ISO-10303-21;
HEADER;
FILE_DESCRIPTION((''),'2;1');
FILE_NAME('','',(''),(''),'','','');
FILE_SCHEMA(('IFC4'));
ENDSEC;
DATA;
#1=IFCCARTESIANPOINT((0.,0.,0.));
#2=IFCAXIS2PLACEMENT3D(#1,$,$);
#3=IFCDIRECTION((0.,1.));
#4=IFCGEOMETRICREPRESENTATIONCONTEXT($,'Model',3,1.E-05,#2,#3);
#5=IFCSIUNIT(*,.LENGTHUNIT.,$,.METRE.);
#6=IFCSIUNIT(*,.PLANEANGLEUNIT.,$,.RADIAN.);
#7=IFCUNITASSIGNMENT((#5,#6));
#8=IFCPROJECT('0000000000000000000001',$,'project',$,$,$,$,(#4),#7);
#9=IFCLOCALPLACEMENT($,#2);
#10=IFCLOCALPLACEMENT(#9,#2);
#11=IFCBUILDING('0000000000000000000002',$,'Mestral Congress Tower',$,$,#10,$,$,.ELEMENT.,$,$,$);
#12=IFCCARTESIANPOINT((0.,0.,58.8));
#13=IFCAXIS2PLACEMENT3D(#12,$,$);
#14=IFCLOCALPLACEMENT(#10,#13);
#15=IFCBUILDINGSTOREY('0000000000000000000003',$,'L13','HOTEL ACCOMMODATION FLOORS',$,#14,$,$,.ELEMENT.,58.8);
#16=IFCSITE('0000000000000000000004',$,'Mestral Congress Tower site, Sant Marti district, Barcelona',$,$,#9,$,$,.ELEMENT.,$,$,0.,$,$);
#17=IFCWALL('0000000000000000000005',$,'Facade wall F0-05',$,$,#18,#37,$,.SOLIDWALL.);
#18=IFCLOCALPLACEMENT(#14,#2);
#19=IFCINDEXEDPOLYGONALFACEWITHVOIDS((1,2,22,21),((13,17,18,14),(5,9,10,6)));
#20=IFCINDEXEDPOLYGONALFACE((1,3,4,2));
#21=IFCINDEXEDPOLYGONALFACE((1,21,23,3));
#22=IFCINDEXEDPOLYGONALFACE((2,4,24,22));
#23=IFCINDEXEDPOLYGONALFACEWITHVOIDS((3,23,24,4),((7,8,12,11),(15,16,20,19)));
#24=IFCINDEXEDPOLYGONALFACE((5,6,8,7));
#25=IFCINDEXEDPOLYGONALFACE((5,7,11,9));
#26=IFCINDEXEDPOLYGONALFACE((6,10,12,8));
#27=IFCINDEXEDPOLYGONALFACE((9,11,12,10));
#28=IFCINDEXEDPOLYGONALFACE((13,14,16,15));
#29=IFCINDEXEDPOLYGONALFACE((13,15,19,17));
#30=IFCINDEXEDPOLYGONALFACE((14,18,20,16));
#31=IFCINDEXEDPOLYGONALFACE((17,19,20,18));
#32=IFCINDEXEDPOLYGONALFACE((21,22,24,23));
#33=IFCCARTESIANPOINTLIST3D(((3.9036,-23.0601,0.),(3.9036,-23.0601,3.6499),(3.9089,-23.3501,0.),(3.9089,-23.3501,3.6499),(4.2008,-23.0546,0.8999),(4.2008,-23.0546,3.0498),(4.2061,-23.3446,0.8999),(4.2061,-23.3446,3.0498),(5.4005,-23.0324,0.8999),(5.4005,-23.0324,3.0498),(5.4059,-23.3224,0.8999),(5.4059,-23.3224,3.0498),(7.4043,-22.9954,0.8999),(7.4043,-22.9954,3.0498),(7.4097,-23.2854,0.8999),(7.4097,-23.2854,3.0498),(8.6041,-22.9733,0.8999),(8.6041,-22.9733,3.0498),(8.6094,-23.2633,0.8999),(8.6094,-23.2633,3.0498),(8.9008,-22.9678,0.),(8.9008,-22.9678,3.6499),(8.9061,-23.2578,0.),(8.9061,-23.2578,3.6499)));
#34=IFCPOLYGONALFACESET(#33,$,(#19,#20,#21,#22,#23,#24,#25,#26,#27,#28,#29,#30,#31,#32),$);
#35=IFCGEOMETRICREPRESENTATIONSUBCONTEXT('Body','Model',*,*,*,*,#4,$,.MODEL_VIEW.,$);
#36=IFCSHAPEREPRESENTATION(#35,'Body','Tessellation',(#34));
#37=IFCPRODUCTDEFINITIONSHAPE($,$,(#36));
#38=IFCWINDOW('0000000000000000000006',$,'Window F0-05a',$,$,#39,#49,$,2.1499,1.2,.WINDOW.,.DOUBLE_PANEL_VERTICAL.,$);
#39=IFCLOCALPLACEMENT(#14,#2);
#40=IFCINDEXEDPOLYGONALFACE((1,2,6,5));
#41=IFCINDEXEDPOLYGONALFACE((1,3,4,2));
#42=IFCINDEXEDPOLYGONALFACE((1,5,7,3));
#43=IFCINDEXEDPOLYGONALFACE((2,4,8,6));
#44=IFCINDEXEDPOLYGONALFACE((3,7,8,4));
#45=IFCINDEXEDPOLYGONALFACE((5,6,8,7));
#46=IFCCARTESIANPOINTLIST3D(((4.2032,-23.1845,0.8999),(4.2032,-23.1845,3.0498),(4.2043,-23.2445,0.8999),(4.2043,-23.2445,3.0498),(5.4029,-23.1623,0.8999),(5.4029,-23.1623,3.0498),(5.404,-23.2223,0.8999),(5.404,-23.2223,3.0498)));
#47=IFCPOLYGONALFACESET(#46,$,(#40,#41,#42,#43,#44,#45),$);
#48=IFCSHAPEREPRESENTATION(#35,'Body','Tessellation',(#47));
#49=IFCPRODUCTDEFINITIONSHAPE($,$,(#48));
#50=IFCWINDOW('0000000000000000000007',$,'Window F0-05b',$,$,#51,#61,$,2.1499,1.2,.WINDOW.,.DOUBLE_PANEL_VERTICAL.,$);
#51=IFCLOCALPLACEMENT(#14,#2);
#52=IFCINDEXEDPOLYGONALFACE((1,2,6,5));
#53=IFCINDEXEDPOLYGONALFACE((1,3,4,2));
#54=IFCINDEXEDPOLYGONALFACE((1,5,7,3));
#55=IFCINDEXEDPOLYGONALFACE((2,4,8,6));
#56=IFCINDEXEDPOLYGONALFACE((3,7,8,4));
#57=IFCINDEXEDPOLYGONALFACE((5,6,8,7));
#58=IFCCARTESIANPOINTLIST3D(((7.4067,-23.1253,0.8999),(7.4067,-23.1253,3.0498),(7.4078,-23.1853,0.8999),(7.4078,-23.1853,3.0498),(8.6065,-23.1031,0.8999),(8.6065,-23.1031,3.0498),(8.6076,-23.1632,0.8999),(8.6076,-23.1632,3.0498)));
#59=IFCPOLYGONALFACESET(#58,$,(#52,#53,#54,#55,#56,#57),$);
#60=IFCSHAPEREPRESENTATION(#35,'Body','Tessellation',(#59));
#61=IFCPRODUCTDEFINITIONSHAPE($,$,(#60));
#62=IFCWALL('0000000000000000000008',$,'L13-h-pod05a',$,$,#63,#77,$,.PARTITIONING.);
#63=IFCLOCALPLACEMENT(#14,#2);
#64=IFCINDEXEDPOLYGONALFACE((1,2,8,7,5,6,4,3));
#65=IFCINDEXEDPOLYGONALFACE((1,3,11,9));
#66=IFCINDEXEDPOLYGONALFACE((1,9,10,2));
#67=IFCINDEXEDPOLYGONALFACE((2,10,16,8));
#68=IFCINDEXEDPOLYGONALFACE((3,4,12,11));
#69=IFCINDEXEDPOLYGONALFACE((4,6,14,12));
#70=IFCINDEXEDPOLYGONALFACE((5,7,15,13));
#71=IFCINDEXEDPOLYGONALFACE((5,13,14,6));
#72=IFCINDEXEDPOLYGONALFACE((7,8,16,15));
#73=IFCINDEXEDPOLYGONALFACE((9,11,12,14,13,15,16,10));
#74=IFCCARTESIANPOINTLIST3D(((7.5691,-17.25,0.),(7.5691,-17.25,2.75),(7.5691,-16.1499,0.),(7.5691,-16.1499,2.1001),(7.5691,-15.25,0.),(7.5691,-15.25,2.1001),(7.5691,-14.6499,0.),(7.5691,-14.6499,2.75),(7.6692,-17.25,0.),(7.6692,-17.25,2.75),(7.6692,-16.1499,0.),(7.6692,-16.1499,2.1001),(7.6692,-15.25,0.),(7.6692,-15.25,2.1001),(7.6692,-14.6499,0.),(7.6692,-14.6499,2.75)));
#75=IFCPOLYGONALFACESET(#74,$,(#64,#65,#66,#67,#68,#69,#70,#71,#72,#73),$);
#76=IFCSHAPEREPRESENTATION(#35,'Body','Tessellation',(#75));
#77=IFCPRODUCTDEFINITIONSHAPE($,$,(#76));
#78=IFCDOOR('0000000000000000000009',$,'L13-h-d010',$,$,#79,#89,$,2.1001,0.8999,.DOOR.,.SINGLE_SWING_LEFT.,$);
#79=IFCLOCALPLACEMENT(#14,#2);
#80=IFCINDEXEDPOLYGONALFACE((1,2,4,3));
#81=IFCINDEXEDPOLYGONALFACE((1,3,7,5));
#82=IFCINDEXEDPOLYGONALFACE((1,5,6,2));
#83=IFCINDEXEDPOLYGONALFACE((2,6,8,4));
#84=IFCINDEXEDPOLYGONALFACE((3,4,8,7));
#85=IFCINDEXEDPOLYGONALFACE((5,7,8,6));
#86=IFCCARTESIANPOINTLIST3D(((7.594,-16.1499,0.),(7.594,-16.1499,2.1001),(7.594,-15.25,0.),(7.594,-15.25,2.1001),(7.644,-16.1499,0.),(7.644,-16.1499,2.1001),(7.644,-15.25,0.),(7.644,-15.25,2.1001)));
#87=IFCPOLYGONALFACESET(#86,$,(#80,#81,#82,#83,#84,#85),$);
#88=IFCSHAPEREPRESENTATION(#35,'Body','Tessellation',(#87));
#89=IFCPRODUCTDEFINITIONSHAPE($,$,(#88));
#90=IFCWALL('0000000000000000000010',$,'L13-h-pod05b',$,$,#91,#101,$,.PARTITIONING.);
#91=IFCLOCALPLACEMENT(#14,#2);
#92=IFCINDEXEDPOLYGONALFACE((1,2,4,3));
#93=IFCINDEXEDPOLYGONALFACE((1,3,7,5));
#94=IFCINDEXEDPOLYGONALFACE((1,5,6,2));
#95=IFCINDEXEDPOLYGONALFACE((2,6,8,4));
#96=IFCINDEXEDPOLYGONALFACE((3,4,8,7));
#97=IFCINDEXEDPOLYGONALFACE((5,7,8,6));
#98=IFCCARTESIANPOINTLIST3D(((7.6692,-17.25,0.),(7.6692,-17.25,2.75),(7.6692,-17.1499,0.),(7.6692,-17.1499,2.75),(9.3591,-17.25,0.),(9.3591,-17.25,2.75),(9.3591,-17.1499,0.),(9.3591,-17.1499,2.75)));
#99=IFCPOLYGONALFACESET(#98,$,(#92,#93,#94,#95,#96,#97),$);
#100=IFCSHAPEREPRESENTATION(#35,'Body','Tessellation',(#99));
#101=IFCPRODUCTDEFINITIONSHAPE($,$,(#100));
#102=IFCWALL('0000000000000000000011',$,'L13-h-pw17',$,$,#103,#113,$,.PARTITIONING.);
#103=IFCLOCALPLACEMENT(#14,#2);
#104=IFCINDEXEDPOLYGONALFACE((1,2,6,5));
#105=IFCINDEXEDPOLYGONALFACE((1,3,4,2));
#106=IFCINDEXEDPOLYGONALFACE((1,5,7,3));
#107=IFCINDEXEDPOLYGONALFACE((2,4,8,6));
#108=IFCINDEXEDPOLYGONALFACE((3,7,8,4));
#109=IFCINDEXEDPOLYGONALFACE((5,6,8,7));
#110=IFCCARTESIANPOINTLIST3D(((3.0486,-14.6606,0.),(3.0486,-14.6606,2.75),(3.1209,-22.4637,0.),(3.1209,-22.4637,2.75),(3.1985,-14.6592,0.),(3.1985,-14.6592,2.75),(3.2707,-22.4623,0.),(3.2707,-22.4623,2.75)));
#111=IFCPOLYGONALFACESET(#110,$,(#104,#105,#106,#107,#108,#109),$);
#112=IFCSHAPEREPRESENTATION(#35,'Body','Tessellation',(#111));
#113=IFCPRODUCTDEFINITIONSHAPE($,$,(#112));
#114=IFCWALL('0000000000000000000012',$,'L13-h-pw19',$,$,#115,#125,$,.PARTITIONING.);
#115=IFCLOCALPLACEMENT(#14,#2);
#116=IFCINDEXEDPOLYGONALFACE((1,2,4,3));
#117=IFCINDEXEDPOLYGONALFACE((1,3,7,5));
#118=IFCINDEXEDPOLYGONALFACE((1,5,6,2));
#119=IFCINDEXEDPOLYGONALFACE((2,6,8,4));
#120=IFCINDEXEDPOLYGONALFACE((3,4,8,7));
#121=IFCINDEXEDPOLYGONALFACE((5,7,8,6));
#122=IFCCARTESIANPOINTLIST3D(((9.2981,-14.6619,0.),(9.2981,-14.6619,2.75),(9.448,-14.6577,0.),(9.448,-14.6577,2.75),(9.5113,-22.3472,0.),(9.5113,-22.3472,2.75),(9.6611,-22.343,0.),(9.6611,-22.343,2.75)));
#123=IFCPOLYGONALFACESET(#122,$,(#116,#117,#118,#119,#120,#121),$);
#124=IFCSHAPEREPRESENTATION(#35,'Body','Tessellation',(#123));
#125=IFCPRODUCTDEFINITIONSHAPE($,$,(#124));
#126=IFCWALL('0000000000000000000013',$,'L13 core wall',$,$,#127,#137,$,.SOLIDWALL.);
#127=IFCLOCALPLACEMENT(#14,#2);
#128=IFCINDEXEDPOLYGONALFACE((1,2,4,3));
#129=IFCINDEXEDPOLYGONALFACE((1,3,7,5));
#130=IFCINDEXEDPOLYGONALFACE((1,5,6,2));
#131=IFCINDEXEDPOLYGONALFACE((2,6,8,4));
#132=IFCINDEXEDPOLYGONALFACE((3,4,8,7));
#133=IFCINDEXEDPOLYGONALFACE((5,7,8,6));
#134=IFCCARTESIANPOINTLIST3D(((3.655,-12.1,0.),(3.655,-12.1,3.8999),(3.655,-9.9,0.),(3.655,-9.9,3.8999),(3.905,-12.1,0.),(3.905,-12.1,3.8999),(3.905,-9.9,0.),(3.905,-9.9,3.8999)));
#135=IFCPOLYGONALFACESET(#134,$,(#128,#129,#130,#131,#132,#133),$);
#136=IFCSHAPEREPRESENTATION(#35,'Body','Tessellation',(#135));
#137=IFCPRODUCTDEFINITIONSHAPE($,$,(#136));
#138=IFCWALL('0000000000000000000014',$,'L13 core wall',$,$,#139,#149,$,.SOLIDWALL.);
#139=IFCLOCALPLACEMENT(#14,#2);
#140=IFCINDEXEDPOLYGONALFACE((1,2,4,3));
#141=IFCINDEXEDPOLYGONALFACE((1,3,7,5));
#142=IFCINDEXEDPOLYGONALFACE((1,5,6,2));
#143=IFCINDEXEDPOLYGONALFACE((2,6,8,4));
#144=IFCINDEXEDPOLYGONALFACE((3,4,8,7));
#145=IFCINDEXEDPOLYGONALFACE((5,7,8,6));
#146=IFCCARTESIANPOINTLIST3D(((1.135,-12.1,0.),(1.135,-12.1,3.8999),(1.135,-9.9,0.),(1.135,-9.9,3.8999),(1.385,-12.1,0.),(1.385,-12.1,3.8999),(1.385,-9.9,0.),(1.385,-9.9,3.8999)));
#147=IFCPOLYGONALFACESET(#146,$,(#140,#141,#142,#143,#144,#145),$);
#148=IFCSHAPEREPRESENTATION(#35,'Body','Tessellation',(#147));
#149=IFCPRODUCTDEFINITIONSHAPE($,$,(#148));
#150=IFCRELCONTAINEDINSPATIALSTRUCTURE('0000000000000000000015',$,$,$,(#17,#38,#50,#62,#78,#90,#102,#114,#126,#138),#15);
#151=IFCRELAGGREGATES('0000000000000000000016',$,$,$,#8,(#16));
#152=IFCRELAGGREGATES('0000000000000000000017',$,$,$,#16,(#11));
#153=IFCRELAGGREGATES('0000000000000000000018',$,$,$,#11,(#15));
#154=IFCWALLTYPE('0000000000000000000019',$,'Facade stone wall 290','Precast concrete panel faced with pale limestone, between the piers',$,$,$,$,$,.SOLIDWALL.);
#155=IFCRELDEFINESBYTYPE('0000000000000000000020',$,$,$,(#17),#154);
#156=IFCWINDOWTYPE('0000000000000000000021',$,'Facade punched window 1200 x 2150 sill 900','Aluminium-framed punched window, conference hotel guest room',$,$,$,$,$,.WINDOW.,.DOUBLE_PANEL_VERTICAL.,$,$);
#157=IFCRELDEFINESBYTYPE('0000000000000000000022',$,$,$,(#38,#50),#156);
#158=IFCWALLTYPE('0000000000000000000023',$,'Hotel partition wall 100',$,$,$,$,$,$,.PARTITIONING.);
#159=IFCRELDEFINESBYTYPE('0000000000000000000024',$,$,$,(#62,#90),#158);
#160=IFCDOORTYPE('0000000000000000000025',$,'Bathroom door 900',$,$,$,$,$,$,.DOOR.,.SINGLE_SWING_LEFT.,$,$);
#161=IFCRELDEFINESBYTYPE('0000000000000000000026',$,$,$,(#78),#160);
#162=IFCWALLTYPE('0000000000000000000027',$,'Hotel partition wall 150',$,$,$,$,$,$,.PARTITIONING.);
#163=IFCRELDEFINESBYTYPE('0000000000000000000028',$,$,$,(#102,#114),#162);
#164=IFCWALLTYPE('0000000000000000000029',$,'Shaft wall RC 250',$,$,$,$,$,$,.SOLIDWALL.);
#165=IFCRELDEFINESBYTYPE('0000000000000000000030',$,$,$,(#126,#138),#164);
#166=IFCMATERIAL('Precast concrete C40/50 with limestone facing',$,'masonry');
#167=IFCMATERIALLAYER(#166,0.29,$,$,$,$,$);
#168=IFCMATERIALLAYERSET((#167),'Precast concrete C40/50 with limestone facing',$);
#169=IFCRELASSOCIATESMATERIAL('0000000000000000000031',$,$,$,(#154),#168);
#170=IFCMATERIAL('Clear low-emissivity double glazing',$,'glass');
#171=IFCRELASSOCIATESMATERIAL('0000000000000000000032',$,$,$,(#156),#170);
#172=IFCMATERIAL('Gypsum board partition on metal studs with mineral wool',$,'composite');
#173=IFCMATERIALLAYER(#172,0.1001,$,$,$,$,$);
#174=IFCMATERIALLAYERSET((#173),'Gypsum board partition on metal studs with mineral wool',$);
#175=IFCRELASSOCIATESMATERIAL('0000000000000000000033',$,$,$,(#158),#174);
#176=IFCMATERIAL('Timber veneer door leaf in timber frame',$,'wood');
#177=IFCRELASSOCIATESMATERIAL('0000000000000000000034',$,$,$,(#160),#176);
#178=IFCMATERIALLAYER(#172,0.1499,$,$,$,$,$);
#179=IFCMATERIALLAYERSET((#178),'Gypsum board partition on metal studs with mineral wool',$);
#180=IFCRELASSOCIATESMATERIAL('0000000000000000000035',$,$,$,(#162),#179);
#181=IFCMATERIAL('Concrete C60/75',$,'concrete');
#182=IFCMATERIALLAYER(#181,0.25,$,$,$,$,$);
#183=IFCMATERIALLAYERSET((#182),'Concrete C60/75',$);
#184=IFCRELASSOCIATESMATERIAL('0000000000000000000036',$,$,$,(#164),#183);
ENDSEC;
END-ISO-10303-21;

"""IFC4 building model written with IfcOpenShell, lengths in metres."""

from ifc_helpers import new_model, si_unit, direction, frame, frame_2d, origin, place, context, subcontext, project, spatial, rectangle, extrude, material, layer, layer_set, type_object, element, fill, save


model = new_model("IFC4")

# Units and contexts
model_context = context("Model", 3, precision=1e-05, world=origin(), true_north=direction((0.0, 1.0)))
body_context = subcontext(model_context, "Body", "Model", "MODEL_VIEW")
ifc_project = project(units=[si_unit("LENGTHUNIT", "METRE"), si_unit("PLANEANGLEUNIT", "RADIAN")], contexts=[model_context])

# Site, building, storey
site_placement = place(None, origin())
site = spatial("IfcSite", under=ifc_project, at=site_placement, Name="Mestral Congress Tower site, Sant Marti district, Barcelona", CompositionType="ELEMENT", RefElevation=0.0)
building_placement = place(site_placement, origin())
building = spatial("IfcBuilding", under=site, at=building_placement, Name="Mestral Congress Tower", CompositionType="ELEMENT")
storey_placement = place(building_placement, frame((0.0, 0.0, 58.8)))
storey = spatial("IfcBuildingStorey", under=building, at=storey_placement, Name="L13", Description="HOTEL ACCOMMODATION FLOORS", CompositionType="ELEMENT", Elevation=58.8)

# Wall, openings, windows
ifc_material_1 = material(Name="Precast concrete C40/50 with limestone facing", Category="masonry")
ifc_layer_1 = layer(ifc_material_1, 0.29)
ifc_layer_set_1 = layer_set([ifc_layer_1], Name="Precast concrete C40/50 with limestone facing")
wall_type_1 = type_object("IfcWallType", Name="Facade stone wall 290", Description="Precast concrete panel faced with pale limestone, between the piers", PredefinedType="SOLIDWALL", material=ifc_layer_set_1)
wall_1_placement = place(storey_placement, frame((3.9062, -23.2051, 0.0), z_axis=(0.0, 0.0, 1.0), x_axis=(0.99983, 0.018464, 0.0)))
wall_1 = element("IfcWall", 1, at=wall_1_placement, inside=storey, type_object=wall_type_1, Name="Facade wall F0-05", PredefinedType="SOLIDWALL", context=body_context, shape_type="SweptSolid", body=[
    extrude(rectangle(XDim=4.998, YDim=0.29, at=frame_2d((2.499, 0.0))), origin(), (0.0, 0.0, 1.0), 3.6499),
])
opening_1_placement = place(wall_1_placement, frame((0.2971, 0.0, 0.8999)))
opening_1 = element("IfcOpeningElement", 2, at=opening_1_placement, cuts=wall_1, PredefinedType="OPENING", context=body_context, shape_type="SweptSolid", body=[
    extrude(rectangle(XDim=1.2, YDim=2.1499, at=frame_2d((0.6001, 1.075))), frame((0.0, 0.155, 0.0), z_axis=(0.0, -1.0, 0.0), x_axis=(1.0, 0.0, 0.0)), (0.0, 0.0, 1.0), 0.3101),
])
opening_2_placement = place(wall_1_placement, frame((3.5012, 0.0, 0.8999)))
opening_2 = element("IfcOpeningElement", 3, at=opening_2_placement, cuts=wall_1, PredefinedType="OPENING", context=body_context, shape_type="SweptSolid", body=[
    extrude(rectangle(XDim=1.2, YDim=2.1499, at=frame_2d((0.6001, 1.075))), frame((0.0, 0.155, 0.0), z_axis=(0.0, -1.0, 0.0), x_axis=(1.0, 0.0, 0.0)), (0.0, 0.0, 1.0), 0.3101),
])
ifc_material_2 = material(Name="Clear low-emissivity double glazing", Category="glass")
window_type = type_object("IfcWindowType", Name="Facade punched window 1200 x 2150 sill 900", Description="Aluminium-framed punched window, conference hotel guest room", PartitioningType="DOUBLE_PANEL_VERTICAL", PredefinedType="WINDOW", material=ifc_material_2)
window_1_placement = place(opening_1_placement, origin())
window_1 = element("IfcWindow", 4, at=window_1_placement, inside=storey, type_object=window_type, Name="Window F0-05a", OverallHeight=2.1499, OverallWidth=1.2, PartitioningType="DOUBLE_PANEL_VERTICAL", PredefinedType="WINDOW", context=body_context, shape_type="SweptSolid", body=[
    extrude(rectangle(XDim=1.2, YDim=2.1499, at=frame_2d((0.6001, 1.075))), frame((0.0, 0.0151, 0.0), z_axis=(0.0, -1.0, 0.0), x_axis=(1.0, 0.0, 0.0)), (0.0, 0.0, 1.0), 0.0601),
])
fill(opening_1, window_1)
window_2_placement = place(opening_2_placement, origin())
window_2 = element("IfcWindow", 5, at=window_2_placement, inside=storey, type_object=window_type, Name="Window F0-05b", OverallHeight=2.1499, OverallWidth=1.2, PartitioningType="DOUBLE_PANEL_VERTICAL", PredefinedType="WINDOW", context=body_context, shape_type="SweptSolid", body=[
    extrude(rectangle(XDim=1.2, YDim=2.1499, at=frame_2d((0.6001, 1.075))), frame((0.0, 0.0151, 0.0), z_axis=(0.0, -1.0, 0.0), x_axis=(1.0, 0.0, 0.0)), (0.0, 0.0, 1.0), 0.0601),
])
fill(opening_2, window_2)

# Wall, opening, door
ifc_material_3 = material(Name="Gypsum board partition on metal studs with mineral wool", Category="composite")
ifc_layer_2 = layer(ifc_material_3, 0.1001)
ifc_layer_set_2 = layer_set([ifc_layer_2], Name="Gypsum board partition on metal studs with mineral wool")
wall_type_2 = type_object("IfcWallType", Name="Hotel partition wall 100", PredefinedType="PARTITIONING", material=ifc_layer_set_2)
wall_2_placement = place(storey_placement, frame((7.6191, -14.6499, 0.0), z_axis=(0.0, 0.0, 1.0), x_axis=(0.0, -1.0, 0.0)))
wall_2 = element("IfcWall", 6, at=wall_2_placement, inside=storey, type_object=wall_type_2, Name="L13-h-pod05a", PredefinedType="PARTITIONING", context=body_context, shape_type="SweptSolid", body=[
    extrude(rectangle(XDim=2.6001, YDim=0.1001, at=frame_2d((1.3, 0.0))), origin(), (0.0, 0.0, 1.0), 2.75),
])
opening_3_placement = place(wall_2_placement, frame((0.6001, 0.0, 0.0)))
opening_3 = element("IfcOpeningElement", 7, at=opening_3_placement, cuts=wall_2, PredefinedType="OPENING", context=body_context, shape_type="SweptSolid", body=[
    extrude(rectangle(XDim=0.8999, YDim=2.1001, at=frame_2d((0.45, 1.05))), frame((0.0, 0.0601, 0.0), z_axis=(0.0, -1.0, 0.0), x_axis=(1.0, 0.0, 0.0)), (0.0, 0.0, 1.0), 0.1201),
])
ifc_material_4 = material(Name="Timber veneer door leaf in timber frame", Category="wood")
door_type = type_object("IfcDoorType", Name="Bathroom door 900", OperationType="SINGLE_SWING_LEFT", PredefinedType="DOOR", material=ifc_material_4)
door_placement = place(opening_3_placement, origin())
door = element("IfcDoor", 8, at=door_placement, inside=storey, type_object=door_type, Name="L13-h-d010", OperationType="SINGLE_SWING_LEFT", OverallHeight=2.1001, OverallWidth=0.8999, PredefinedType="DOOR", context=body_context, shape_type="SweptSolid", body=[
    extrude(rectangle(XDim=0.8999, YDim=2.1001, at=frame_2d((0.45, 1.05))), frame((0.0, 0.0249, 0.0), z_axis=(0.0, -1.0, 0.0), x_axis=(1.0, 0.0, 0.0)), (0.0, 0.0, 1.0), 0.05),
])
fill(opening_3, door)

# Walls
wall_3_placement = place(storey_placement, frame((7.6692, -17.2, 0.0), z_axis=(0.0, 0.0, 1.0), x_axis=(1.0, 0.0, 0.0)))
element("IfcWall", 9, at=wall_3_placement, inside=storey, type_object=wall_type_2, Name="L13-h-pod05b", PredefinedType="PARTITIONING", context=body_context, shape_type="SweptSolid", body=[
    extrude(rectangle(XDim=1.6899, YDim=0.1001, at=frame_2d((0.845, 0.0))), origin(), (0.0, 0.0, 1.0), 2.75),
])
ifc_layer_3 = layer(ifc_material_3, 0.1499)
ifc_layer_set_3 = layer_set([ifc_layer_3], Name="Gypsum board partition on metal studs with mineral wool")
wall_type_3 = type_object("IfcWallType", Name="Hotel partition wall 150", PredefinedType="PARTITIONING", material=ifc_layer_set_3)
wall_4_placement = place(storey_placement, frame((3.1958, -22.4631, 0.0), z_axis=(0.0, 0.0, 1.0), x_axis=(-0.009261, 0.999957, 0.0)))
element("IfcWall", 10, at=wall_4_placement, inside=storey, type_object=wall_type_3, Name="L13-h-pw17", PredefinedType="PARTITIONING", context=body_context, shape_type="SweptSolid", body=[
    extrude(rectangle(XDim=7.8035, YDim=0.1499, at=frame_2d((3.9019, 0.0))), origin(), (0.0, 0.0, 1.0), 2.75),
])
wall_5_placement = place(storey_placement, frame((9.5862, -22.3452, 0.0), z_axis=(0.0, 0.0, 1.0), x_axis=(-0.027722, 0.999616, 0.0)))
element("IfcWall", 11, at=wall_5_placement, inside=storey, type_object=wall_type_3, Name="L13-h-pw19", PredefinedType="PARTITIONING", context=body_context, shape_type="SweptSolid", body=[
    extrude(rectangle(XDim=7.6882, YDim=0.1499, at=frame_2d((3.8442, 0.0))), origin(), (0.0, 0.0, 1.0), 2.75),
])
ifc_material_5 = material(Name="Concrete C60/75", Category="concrete")
ifc_layer_4 = layer(ifc_material_5, 0.25)
ifc_layer_set_4 = layer_set([ifc_layer_4], Name="Concrete C60/75")
wall_type_4 = type_object("IfcWallType", Name="Shaft wall RC 250", PredefinedType="SOLIDWALL", material=ifc_layer_set_4)
for number, where, z_axis, x_axis, name in (
    (12, (3.78, -12.1001, 0.0), (0.0, 0.0, 1.0), (0.0, 1.0, 0.0), "L13 core wall"),
    (13, (1.26, -12.1001, 0.0), (0.0, 0.0, 1.0), (0.0, 1.0, 0.0), "L13 core wall"),
):
    element("IfcWall", number, at=place(storey_placement, frame(where, z_axis=z_axis, x_axis=x_axis)), inside=storey, type_object=wall_type_4, Name=name, PredefinedType="SOLIDWALL", context=body_context, shape_type="SweptSolid", body=[
        extrude(rectangle(XDim=2.2, YDim=0.25, at=frame_2d((1.1001, 0.0))), origin(), (0.0, 0.0, 1.0), 3.8999),
    ])

save(model, "model.ifc")
